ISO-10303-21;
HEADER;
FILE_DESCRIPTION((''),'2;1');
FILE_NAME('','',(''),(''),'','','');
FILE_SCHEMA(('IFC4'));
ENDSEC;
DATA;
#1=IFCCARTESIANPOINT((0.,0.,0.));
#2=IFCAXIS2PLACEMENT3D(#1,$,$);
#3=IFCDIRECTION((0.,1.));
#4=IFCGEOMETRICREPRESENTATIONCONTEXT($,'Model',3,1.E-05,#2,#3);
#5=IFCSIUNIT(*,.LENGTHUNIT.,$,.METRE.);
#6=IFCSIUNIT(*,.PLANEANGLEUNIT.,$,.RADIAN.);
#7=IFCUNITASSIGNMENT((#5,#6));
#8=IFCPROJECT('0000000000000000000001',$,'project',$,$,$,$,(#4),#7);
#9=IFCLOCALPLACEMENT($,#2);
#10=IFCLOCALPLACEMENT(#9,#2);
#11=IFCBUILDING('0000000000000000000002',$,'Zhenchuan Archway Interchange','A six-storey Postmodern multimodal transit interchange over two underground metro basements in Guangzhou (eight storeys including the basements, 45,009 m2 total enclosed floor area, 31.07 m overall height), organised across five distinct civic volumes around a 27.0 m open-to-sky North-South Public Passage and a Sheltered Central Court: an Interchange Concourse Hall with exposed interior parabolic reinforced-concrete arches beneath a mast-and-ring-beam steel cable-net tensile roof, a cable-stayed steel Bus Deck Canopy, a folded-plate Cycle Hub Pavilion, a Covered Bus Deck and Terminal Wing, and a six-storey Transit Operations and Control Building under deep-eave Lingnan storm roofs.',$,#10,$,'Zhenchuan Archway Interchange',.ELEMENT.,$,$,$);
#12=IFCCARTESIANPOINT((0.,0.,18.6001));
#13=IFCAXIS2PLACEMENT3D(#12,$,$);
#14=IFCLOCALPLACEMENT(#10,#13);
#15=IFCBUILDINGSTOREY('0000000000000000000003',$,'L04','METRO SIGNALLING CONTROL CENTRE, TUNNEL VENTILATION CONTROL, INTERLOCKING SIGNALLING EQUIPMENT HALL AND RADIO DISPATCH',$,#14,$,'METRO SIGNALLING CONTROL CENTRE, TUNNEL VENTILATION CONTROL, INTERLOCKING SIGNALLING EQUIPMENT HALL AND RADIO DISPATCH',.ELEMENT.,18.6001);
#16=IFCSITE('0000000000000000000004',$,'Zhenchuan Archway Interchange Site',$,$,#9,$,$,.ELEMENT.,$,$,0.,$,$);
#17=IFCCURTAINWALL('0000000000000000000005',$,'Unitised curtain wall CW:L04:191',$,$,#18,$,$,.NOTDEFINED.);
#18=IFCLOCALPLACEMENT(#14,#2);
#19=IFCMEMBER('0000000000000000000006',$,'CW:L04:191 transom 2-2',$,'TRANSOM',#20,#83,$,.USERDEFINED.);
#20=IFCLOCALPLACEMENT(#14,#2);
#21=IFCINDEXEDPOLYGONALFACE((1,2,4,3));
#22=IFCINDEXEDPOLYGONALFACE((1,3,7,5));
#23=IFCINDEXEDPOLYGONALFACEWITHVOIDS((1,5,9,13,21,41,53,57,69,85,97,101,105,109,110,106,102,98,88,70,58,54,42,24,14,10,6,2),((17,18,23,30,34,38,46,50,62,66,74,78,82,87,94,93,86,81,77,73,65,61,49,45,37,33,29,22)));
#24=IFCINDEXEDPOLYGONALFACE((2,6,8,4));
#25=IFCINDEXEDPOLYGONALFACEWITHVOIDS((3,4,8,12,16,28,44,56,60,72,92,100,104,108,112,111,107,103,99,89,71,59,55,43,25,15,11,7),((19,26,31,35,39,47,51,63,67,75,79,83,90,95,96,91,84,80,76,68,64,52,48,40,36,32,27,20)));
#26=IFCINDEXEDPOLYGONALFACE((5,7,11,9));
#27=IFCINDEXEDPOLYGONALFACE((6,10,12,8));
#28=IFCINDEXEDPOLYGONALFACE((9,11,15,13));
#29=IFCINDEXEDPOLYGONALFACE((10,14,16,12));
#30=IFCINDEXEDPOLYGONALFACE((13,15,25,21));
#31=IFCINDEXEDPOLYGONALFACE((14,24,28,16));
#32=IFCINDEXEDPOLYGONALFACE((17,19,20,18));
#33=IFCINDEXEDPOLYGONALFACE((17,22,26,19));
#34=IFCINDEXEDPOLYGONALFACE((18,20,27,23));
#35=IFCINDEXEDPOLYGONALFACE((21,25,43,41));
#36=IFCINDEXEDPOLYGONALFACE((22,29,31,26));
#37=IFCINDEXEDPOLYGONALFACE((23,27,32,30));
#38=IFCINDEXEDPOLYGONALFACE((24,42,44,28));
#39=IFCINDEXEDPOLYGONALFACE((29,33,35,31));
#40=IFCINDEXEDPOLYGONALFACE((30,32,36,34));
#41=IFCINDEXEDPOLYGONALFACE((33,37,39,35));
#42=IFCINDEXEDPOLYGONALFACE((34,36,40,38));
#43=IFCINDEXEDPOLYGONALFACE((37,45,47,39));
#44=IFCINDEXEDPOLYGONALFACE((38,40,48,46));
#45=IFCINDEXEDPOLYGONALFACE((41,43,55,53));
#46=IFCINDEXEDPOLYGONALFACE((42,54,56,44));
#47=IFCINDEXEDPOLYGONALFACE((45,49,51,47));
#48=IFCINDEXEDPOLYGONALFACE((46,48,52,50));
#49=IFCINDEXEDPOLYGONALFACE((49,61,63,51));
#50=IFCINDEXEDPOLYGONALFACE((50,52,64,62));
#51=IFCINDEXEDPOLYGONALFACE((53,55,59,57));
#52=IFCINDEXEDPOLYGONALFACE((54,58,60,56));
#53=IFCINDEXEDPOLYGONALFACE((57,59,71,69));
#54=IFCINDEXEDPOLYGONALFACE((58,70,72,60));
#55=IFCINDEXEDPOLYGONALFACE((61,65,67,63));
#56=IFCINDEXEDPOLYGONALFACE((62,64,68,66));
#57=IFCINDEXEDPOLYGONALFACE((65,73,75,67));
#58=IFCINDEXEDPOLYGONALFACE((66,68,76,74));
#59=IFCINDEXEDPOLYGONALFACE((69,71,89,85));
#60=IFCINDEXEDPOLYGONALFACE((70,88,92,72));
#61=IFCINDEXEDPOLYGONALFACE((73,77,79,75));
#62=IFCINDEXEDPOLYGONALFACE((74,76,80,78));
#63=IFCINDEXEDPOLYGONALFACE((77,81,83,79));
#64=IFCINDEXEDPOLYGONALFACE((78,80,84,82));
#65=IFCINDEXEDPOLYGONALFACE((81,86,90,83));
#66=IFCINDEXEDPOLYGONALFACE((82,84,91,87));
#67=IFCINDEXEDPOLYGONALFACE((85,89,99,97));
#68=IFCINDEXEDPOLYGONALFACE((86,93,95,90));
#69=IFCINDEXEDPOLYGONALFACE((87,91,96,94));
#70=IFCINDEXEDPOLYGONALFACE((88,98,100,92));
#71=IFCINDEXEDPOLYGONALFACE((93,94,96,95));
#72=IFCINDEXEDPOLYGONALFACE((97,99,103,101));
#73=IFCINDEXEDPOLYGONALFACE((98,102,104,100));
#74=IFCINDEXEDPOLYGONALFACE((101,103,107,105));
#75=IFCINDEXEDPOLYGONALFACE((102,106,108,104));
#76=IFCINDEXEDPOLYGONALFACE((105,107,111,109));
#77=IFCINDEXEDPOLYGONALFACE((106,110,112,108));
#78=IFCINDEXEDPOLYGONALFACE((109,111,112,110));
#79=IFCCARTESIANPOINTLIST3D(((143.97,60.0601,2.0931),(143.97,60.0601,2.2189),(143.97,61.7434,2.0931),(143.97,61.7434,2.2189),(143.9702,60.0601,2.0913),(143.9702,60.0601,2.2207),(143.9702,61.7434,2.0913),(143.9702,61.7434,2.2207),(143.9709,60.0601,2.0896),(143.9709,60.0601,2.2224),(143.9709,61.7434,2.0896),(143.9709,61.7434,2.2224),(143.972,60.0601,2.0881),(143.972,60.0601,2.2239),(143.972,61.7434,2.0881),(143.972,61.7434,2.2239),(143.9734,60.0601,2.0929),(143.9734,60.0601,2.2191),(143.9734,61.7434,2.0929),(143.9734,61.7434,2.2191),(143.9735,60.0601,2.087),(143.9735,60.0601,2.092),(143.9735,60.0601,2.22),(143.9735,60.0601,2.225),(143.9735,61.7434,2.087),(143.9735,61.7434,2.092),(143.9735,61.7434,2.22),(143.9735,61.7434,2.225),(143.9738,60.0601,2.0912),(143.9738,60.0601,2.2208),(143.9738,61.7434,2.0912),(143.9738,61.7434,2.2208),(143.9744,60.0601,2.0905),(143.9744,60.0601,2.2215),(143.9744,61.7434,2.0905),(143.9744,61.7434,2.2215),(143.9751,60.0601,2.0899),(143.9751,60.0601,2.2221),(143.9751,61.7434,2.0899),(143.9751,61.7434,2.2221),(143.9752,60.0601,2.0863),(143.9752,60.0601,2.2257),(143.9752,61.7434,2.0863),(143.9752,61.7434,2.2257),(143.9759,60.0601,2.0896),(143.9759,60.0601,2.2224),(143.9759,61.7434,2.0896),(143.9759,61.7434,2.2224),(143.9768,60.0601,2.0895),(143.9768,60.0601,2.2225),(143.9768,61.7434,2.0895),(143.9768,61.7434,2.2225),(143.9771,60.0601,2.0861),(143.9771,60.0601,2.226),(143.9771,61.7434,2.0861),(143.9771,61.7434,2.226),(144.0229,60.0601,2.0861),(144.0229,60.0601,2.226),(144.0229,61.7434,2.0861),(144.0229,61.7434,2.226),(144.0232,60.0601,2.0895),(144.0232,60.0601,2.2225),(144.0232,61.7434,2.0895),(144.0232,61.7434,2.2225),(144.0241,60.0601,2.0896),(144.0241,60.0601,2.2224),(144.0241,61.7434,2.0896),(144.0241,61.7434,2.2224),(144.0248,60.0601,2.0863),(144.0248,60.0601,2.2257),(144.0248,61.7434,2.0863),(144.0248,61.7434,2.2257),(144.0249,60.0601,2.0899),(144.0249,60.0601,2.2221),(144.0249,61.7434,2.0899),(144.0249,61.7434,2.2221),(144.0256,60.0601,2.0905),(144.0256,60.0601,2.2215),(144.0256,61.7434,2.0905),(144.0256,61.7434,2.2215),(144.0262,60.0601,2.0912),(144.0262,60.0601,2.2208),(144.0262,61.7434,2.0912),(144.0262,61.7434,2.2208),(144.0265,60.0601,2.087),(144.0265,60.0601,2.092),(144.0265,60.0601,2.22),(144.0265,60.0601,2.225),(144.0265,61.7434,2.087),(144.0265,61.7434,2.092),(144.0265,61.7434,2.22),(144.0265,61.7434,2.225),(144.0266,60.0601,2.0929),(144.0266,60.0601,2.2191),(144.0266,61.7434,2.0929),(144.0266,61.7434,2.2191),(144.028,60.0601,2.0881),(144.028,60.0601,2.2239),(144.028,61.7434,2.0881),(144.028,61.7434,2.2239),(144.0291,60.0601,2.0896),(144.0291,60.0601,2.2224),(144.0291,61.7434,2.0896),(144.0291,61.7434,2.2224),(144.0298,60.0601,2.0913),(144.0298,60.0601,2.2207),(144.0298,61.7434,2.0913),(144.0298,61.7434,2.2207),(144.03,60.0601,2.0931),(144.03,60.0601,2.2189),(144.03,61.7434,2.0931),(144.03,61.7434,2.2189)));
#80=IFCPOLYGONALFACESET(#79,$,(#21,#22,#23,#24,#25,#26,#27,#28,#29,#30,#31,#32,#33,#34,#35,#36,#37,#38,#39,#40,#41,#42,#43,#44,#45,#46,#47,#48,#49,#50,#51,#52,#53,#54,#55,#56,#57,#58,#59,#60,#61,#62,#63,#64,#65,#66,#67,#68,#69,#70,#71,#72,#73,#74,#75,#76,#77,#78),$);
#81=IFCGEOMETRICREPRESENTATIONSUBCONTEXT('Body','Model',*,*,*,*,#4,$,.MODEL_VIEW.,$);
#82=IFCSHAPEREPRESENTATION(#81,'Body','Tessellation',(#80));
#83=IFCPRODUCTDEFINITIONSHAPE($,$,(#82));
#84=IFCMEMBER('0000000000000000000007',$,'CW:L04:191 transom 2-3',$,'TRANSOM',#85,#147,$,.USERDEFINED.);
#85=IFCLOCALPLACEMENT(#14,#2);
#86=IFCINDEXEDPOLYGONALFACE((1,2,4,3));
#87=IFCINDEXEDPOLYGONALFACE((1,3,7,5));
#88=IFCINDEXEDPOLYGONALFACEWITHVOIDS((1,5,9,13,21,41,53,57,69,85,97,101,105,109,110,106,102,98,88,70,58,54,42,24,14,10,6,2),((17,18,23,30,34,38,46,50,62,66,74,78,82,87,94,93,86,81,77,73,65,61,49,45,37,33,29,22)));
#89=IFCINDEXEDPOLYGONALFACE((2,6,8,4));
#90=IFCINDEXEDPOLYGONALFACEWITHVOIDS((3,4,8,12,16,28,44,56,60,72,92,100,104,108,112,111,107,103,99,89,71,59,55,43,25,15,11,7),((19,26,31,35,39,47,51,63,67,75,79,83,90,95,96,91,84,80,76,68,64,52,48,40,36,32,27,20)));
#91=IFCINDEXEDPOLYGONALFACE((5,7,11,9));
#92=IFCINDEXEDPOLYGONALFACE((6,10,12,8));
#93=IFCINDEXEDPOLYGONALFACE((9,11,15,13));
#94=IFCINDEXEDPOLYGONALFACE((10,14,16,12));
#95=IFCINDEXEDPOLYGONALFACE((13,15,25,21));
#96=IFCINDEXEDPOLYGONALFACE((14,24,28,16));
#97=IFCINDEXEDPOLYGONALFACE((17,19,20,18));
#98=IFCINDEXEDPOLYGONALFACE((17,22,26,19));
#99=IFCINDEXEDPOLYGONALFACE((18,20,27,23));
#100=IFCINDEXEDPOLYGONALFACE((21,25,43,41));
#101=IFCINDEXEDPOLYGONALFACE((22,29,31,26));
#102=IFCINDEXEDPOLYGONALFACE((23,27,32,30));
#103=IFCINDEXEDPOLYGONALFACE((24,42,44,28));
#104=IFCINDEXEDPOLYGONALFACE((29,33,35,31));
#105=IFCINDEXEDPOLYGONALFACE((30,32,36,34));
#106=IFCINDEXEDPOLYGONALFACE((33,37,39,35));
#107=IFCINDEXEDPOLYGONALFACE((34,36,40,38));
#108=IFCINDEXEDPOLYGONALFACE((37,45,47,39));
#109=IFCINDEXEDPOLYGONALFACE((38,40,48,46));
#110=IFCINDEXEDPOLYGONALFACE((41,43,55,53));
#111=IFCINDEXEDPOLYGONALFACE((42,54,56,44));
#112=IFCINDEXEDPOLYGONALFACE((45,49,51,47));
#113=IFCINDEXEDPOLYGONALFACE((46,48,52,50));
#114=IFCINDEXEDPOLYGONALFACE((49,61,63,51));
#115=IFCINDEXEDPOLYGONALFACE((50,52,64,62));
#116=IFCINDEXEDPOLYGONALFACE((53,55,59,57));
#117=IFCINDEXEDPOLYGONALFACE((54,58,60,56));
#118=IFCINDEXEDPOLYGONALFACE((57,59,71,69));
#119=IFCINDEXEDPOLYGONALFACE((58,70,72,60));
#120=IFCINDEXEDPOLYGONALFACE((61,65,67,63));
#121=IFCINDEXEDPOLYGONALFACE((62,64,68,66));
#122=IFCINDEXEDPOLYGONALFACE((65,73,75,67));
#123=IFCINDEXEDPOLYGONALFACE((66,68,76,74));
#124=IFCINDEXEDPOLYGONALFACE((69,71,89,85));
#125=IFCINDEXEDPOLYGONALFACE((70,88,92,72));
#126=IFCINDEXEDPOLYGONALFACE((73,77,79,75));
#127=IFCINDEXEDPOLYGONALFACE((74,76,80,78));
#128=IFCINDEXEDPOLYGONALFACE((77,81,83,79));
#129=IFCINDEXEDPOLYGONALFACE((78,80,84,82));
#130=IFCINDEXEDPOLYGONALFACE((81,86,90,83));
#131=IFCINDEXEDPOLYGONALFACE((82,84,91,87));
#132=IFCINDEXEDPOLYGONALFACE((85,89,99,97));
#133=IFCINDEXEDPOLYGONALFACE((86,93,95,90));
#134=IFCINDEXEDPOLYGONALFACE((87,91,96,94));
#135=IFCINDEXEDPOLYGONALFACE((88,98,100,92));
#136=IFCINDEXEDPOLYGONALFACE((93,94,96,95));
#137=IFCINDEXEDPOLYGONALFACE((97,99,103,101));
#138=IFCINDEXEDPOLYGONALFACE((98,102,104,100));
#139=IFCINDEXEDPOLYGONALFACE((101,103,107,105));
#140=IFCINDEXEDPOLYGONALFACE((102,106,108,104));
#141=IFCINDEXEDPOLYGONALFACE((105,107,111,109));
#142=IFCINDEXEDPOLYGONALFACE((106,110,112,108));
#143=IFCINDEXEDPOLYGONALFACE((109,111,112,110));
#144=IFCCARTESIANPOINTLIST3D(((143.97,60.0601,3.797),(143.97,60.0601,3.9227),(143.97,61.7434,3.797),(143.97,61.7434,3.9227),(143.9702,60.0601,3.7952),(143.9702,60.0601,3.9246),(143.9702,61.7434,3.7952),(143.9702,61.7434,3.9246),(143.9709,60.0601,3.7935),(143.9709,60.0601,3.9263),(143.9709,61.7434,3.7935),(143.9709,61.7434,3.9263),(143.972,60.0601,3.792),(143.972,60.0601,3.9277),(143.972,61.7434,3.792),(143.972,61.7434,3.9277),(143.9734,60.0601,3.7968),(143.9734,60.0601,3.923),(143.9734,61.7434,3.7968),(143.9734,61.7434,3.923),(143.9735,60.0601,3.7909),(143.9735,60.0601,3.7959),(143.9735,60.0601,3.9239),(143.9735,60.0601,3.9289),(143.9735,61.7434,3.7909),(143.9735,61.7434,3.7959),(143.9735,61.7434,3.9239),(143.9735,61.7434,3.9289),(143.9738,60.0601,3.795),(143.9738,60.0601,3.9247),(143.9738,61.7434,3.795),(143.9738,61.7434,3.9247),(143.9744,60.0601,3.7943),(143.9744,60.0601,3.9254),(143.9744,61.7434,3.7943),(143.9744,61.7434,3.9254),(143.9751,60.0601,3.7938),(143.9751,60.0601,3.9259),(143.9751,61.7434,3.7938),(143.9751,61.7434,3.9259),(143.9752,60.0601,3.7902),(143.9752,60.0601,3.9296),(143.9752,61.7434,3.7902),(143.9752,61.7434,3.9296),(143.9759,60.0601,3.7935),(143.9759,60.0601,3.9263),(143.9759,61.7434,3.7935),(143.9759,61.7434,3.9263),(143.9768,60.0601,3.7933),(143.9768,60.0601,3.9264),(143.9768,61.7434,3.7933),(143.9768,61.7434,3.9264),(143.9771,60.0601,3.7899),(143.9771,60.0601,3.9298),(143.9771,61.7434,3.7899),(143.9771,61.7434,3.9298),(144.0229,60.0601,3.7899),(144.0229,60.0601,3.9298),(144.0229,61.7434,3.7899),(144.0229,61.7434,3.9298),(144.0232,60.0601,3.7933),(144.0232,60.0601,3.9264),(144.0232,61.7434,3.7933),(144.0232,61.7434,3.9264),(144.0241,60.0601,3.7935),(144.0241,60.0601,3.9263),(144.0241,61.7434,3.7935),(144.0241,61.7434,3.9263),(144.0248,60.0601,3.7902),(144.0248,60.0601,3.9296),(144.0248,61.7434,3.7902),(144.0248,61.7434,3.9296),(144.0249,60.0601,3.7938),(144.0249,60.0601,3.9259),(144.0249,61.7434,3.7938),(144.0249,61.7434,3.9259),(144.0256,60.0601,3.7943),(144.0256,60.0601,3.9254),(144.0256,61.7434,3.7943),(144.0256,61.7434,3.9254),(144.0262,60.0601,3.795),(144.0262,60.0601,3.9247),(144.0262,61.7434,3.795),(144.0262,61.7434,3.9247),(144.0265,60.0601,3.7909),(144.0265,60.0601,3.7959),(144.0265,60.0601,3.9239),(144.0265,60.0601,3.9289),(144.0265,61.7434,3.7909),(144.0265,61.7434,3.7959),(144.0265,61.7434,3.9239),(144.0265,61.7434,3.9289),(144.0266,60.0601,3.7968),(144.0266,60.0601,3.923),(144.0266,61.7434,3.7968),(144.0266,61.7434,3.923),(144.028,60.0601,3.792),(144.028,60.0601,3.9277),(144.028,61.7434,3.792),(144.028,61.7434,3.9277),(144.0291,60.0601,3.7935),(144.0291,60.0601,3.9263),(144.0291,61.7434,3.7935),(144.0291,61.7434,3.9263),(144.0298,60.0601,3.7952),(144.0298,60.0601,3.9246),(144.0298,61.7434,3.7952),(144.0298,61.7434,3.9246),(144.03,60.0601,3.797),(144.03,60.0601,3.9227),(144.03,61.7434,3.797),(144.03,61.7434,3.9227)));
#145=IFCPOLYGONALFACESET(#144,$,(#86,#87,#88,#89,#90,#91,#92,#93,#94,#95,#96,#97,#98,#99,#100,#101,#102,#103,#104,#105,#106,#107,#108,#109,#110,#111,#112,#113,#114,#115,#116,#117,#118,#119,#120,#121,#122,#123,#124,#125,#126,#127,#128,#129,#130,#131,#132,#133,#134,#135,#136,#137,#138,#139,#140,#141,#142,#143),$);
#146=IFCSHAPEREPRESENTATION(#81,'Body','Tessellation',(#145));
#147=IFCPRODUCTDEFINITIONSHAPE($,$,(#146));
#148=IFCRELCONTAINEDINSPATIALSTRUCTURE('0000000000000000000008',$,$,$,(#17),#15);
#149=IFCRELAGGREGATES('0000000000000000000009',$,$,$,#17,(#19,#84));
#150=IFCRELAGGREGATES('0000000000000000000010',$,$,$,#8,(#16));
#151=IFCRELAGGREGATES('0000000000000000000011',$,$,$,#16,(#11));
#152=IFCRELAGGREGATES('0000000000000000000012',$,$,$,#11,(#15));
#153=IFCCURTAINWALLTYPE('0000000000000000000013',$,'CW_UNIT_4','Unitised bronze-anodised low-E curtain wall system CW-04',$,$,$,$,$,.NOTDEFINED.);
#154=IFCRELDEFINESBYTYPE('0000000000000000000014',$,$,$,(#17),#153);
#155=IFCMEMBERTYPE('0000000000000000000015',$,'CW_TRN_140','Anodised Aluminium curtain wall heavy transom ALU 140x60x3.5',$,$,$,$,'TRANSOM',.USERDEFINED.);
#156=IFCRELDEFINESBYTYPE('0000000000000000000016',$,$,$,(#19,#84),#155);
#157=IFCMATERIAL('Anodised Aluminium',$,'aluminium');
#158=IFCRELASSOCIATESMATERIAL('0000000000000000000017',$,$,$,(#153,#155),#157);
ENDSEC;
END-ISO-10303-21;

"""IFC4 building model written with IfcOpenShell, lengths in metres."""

from ifc_helpers import new_model, si_unit, direction, frame, origin, origin_2d, place, context, subcontext, project, spatial, hollow_rectangle, extrude, material, material_profile, profile_set, type_object, element, aggregate, save


model = new_model("IFC4")

# Units and contexts
model_context = context("Model", 3, precision=1e-05, world=origin(), true_north=direction((0.0, 1.0)))
body_context = subcontext(model_context, "Body", "Model", "MODEL_VIEW")
ifc_project = project(units=[si_unit("LENGTHUNIT", "METRE"), si_unit("PLANEANGLEUNIT", "RADIAN")], contexts=[model_context])

# Site, building, storey
site_placement = place(None, origin())
site = spatial("IfcSite", under=ifc_project, at=site_placement, Name="Zhenchuan Archway Interchange Site", CompositionType="ELEMENT", RefElevation=0.0)
building_placement = place(site_placement, origin())
building = spatial("IfcBuilding", under=site, at=building_placement, Name="Zhenchuan Archway Interchange", Description="A six-storey Postmodern multimodal transit interchange over two underground metro basements in Guangzhou (eight storeys including the basements, 45,009 m2 total enclosed floor area, 31.07 m overall height), organised across five distinct civic volumes around a 27.0 m open-to-sky North-South Public Passage and a Sheltered Central Court: an Interchange Concourse Hall with exposed interior parabolic reinforced-concrete arches beneath a mast-and-ring-beam steel cable-net tensile roof, a cable-stayed steel Bus Deck Canopy, a folded-plate Cycle Hub Pavilion, a Covered Bus Deck and Terminal Wing, and a six-storey Transit Operations and Control Building under deep-eave Lingnan storm roofs.", LongName="Zhenchuan Archway Interchange", CompositionType="ELEMENT")
storey_placement = place(building_placement, frame((0.0, 0.0, 18.6001)))
storey = spatial("IfcBuildingStorey", under=building, at=storey_placement, Name="L04", Description="METRO SIGNALLING CONTROL CENTRE, TUNNEL VENTILATION CONTROL, INTERLOCKING SIGNALLING EQUIPMENT HALL AND RADIO DISPATCH", LongName="METRO SIGNALLING CONTROL CENTRE, TUNNEL VENTILATION CONTROL, INTERLOCKING SIGNALLING EQUIPMENT HALL AND RADIO DISPATCH", CompositionType="ELEMENT", Elevation=18.6001)

# Curtain wall, members
ifc_material_1 = material(Name="Anodised Aluminium", Category="aluminium")
curtain_wall_type = type_object("IfcCurtainWallType", Name="CW_UNIT_4", Description="Unitised bronze-anodised low-E curtain wall system CW-04", PredefinedType="NOTDEFINED", material=ifc_material_1)
curtain_wall_placement = place(storey_placement, origin())
curtain_wall = element("IfcCurtainWall", 1, at=curtain_wall_placement, inside=storey, type_object=curtain_wall_type, Name="Unitised curtain wall CW:L04:191", PredefinedType="NOTDEFINED")
ifc_material_profile_1 = material_profile(ifc_material_1, hollow_rectangle(XDim=0.0601, YDim=0.1399, WallThickness=0.0034, InnerFilletRadius=0.0034, OuterFilletRadius=0.0071, at=origin_2d()), Name="ALU 140x60x3.5")
ifc_profile_set_1 = profile_set([ifc_material_profile_1], Name="Anodised Aluminium")
member_type_1 = type_object("IfcMemberType", Name="CW_TRN_140", Description="Anodised Aluminium curtain wall heavy transom ALU 140x60x3.5", ElementType="TRANSOM", PredefinedType="USERDEFINED", material=ifc_profile_set_1)
member_1_placement = place(storey_placement, frame((144.0, 60.0601, 2.156), z_axis=(0.0, 1.0, 0.0), x_axis=(-1.0, 0.0, 0.0)))
member_1 = element("IfcMember", 2, at=member_1_placement, type_object=member_type_1, Name="CW:L04:191 transom 2-2", ObjectType="TRANSOM", PredefinedType="USERDEFINED", context=body_context, shape_type="SweptSolid", body=[
    extrude(hollow_rectangle(XDim=0.0601, YDim=0.1399, WallThickness=0.0034, InnerFilletRadius=0.0034, OuterFilletRadius=0.0071, at=origin_2d()), origin(), (0.0, 0.0, 1.0), 1.6833),
])
member_2_placement = place(storey_placement, frame((144.0, 60.0601, 3.8599), z_axis=(0.0, 1.0, 0.0), x_axis=(-1.0, 0.0, 0.0)))
member_2 = element("IfcMember", 3, at=member_2_placement, type_object=member_type_1, Name="CW:L04:191 transom 2-3", ObjectType="TRANSOM", PredefinedType="USERDEFINED", context=body_context, shape_type="SweptSolid", body=[
    extrude(hollow_rectangle(XDim=0.0601, YDim=0.1399, WallThickness=0.0034, InnerFilletRadius=0.0034, OuterFilletRadius=0.0071, at=origin_2d()), origin(), (0.0, 0.0, 1.0), 1.6833),
])

aggregate(curtain_wall, [member_1, member_2])

save(model, "model.ifc")
